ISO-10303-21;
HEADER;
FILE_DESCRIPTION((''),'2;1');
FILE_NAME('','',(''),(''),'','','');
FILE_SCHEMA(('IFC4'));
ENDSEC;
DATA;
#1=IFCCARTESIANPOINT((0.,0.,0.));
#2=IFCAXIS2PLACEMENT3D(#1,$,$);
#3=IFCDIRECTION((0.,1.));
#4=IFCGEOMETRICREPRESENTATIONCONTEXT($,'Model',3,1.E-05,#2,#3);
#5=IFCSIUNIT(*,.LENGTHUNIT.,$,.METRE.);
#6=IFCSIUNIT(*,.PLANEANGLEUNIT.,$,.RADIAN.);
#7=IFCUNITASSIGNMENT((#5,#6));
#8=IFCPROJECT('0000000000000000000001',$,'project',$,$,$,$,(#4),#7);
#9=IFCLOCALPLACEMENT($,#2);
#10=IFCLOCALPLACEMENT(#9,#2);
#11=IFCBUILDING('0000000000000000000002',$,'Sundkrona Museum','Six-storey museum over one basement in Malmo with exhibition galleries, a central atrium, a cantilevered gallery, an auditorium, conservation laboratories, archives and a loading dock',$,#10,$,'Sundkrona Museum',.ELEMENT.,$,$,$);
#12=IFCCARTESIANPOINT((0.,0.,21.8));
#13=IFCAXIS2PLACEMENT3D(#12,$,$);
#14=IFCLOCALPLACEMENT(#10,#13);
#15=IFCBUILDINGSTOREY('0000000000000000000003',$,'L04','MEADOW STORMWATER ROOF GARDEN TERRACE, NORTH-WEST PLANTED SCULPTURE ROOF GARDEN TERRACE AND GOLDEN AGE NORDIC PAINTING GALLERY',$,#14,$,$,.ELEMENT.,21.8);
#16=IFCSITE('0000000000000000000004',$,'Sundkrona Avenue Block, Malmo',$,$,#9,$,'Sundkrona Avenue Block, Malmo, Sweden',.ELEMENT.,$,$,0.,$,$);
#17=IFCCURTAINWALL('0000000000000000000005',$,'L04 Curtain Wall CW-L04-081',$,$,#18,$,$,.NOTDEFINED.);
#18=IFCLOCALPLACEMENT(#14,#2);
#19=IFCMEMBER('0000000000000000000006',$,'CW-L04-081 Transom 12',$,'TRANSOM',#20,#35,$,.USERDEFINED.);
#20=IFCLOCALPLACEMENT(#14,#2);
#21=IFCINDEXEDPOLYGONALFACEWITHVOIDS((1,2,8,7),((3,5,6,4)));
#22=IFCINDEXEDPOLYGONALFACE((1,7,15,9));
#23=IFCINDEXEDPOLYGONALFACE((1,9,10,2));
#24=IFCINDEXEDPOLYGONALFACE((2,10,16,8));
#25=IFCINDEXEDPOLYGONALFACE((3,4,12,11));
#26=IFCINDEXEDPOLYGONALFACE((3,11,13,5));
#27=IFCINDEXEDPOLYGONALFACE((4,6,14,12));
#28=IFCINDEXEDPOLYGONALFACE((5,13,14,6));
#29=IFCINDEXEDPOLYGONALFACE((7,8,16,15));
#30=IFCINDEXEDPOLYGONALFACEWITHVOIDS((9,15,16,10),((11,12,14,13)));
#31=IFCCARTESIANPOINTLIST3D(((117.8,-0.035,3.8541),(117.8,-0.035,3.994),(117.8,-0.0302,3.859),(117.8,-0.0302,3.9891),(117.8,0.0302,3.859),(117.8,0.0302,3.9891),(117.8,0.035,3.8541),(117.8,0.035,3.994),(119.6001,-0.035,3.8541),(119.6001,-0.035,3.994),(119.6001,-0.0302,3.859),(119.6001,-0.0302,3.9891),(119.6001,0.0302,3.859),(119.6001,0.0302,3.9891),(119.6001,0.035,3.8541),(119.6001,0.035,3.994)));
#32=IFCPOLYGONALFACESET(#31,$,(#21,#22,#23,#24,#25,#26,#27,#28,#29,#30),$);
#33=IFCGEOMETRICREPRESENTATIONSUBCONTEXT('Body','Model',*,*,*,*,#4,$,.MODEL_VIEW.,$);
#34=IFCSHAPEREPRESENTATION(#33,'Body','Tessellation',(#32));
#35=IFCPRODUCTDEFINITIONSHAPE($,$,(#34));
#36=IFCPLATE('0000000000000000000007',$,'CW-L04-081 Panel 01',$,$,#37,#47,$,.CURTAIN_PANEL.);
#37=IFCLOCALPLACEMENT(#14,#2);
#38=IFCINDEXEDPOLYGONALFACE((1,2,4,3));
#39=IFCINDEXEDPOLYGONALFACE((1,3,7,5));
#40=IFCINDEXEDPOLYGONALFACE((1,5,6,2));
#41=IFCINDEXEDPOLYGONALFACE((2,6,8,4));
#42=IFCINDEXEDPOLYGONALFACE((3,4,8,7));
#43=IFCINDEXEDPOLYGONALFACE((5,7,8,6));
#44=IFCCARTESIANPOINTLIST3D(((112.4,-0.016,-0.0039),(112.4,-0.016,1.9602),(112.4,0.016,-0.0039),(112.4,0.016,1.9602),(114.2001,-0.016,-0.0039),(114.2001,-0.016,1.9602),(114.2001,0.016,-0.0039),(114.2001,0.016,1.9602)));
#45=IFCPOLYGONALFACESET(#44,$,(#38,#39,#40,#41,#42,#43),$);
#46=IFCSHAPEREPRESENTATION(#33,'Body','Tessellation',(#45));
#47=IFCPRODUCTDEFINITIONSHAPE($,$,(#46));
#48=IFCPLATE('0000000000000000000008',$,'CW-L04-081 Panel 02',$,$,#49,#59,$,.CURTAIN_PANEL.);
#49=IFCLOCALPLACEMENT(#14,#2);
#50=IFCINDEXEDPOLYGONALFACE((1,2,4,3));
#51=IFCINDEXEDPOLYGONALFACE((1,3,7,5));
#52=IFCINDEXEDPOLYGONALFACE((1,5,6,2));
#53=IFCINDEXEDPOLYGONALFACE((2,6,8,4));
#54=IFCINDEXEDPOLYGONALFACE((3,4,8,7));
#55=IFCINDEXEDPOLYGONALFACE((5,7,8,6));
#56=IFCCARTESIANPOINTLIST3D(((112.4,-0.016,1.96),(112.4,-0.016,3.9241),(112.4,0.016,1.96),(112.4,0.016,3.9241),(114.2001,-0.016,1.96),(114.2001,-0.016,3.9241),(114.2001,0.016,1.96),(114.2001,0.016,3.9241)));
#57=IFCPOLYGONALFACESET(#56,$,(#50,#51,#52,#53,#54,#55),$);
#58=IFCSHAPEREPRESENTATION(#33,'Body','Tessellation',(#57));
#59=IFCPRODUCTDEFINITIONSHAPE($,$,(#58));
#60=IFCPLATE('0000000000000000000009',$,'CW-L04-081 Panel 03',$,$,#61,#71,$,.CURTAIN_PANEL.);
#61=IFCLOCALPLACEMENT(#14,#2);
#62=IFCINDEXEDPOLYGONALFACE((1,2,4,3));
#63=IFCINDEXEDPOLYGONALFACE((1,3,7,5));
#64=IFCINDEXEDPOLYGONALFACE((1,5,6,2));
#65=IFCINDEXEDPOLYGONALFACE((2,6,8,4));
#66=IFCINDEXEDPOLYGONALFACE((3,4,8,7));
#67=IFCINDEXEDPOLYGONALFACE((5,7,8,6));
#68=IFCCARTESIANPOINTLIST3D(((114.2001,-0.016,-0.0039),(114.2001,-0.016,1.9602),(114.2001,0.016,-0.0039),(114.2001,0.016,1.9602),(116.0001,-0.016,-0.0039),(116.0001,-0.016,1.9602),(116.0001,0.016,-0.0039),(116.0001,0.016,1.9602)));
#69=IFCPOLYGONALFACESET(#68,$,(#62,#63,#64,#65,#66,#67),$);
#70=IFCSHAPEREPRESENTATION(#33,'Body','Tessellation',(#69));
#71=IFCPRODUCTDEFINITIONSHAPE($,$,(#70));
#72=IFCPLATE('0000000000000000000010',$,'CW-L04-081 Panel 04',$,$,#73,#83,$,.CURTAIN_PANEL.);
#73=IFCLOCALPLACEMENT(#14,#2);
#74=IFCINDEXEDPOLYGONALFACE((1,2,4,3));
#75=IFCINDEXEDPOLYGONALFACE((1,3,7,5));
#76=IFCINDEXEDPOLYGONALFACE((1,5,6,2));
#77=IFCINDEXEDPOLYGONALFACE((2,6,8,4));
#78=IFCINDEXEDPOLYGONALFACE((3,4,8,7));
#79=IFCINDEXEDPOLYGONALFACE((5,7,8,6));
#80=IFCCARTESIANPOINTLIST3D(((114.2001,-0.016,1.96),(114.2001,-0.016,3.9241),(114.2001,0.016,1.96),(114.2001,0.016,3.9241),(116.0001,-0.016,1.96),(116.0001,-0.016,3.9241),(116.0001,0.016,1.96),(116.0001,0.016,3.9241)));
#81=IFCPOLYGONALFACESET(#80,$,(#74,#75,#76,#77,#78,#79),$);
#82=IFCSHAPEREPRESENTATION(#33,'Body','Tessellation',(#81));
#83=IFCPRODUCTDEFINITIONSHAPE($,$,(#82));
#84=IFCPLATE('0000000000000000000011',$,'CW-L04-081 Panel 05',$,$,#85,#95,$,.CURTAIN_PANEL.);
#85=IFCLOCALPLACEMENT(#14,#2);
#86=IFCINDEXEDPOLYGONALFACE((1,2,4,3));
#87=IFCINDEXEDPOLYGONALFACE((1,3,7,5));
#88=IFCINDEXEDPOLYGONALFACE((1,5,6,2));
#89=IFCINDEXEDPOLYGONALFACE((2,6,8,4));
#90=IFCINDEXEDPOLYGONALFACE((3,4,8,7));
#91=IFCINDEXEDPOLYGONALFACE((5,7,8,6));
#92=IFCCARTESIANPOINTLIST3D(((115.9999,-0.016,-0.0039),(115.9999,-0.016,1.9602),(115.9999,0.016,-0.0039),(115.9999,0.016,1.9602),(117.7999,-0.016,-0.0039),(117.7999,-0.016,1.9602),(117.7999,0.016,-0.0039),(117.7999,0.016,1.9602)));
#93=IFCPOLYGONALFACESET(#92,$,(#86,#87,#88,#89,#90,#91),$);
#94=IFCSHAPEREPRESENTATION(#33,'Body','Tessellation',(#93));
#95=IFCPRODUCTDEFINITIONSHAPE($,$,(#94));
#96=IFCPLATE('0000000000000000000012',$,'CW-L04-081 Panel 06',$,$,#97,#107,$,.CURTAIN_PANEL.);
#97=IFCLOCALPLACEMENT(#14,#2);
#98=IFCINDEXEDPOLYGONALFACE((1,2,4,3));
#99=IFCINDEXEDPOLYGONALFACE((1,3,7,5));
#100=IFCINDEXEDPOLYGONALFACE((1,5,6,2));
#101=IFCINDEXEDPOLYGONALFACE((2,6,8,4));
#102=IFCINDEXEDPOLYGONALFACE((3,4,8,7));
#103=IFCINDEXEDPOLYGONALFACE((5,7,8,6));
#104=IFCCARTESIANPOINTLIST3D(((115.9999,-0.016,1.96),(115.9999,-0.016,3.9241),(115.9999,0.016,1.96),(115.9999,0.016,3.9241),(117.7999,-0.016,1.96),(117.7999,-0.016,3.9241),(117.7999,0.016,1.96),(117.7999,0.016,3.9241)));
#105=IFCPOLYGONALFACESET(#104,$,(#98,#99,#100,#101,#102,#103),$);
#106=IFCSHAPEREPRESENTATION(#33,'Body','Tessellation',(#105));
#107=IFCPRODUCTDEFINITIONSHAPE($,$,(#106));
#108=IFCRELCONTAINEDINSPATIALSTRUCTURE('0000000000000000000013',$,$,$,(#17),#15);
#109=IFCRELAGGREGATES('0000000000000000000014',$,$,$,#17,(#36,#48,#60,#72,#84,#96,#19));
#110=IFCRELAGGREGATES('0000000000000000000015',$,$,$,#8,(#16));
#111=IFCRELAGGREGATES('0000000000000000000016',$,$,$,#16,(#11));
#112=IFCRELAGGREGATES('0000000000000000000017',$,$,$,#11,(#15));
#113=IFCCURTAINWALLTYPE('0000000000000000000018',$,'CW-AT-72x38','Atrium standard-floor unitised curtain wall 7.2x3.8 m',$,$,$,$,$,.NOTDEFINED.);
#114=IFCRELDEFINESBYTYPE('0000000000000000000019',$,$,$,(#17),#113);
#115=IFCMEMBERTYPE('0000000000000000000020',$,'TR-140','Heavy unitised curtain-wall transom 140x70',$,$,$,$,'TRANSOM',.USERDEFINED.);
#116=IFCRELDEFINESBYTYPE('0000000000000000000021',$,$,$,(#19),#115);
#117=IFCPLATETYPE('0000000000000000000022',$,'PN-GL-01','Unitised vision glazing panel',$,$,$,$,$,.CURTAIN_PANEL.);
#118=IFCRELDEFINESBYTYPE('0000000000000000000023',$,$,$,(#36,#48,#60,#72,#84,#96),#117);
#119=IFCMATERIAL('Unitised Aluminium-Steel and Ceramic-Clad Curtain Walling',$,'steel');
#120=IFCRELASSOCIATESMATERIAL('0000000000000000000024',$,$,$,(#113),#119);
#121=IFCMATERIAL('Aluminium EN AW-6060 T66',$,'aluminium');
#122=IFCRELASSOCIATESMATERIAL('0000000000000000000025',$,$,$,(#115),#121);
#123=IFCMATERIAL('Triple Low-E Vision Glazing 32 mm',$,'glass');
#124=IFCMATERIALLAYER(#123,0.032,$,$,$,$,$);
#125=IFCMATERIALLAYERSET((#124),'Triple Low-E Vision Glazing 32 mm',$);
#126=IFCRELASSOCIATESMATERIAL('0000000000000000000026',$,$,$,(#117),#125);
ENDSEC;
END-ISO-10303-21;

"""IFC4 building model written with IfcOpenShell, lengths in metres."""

from ifc_helpers import new_model, si_unit, direction, frame, origin, origin_2d, place, context, subcontext, project, spatial, rectangle, hollow_rectangle, extrude, material, layer, layer_set, material_profile, profile_set, type_object, element, aggregate, save


model = new_model("IFC4")

# Units and contexts
model_context = context("Model", 3, precision=1e-05, world=origin(), true_north=direction((0.0, 1.0)))
body_context = subcontext(model_context, "Body", "Model", "MODEL_VIEW")
ifc_project = project(units=[si_unit("LENGTHUNIT", "METRE"), si_unit("PLANEANGLEUNIT", "RADIAN")], contexts=[model_context])

# Site, building, storey
site_placement = place(None, origin())
site = spatial("IfcSite", under=ifc_project, at=site_placement, Name="Sundkrona Avenue Block, Malmo", LongName="Sundkrona Avenue Block, Malmo, Sweden", CompositionType="ELEMENT", RefElevation=0.0)
building_placement = place(site_placement, origin())
building = spatial("IfcBuilding", under=site, at=building_placement, Name="Sundkrona Museum", Description="Six-storey museum over one basement in Malmo with exhibition galleries, a central atrium, a cantilevered gallery, an auditorium, conservation laboratories, archives and a loading dock", LongName="Sundkrona Museum", CompositionType="ELEMENT")
storey_placement = place(building_placement, frame((0.0, 0.0, 21.8)))
storey = spatial("IfcBuildingStorey", under=building, at=storey_placement, Name="L04", Description="MEADOW STORMWATER ROOF GARDEN TERRACE, NORTH-WEST PLANTED SCULPTURE ROOF GARDEN TERRACE AND GOLDEN AGE NORDIC PAINTING GALLERY", CompositionType="ELEMENT", Elevation=21.8)

# Curtain wall, member, plates
ifc_material_1 = material(Name="Unitised Aluminium-Steel and Ceramic-Clad Curtain Walling", Category="steel")
curtain_wall_type = type_object("IfcCurtainWallType", Name="CW-AT-72x38", Description="Atrium standard-floor unitised curtain wall 7.2x3.8 m", PredefinedType="NOTDEFINED", material=ifc_material_1)
curtain_wall_placement = place(storey_placement, origin())
curtain_wall = element("IfcCurtainWall", 1, at=curtain_wall_placement, inside=storey, type_object=curtain_wall_type, Name="L04 Curtain Wall CW-L04-081", PredefinedType="NOTDEFINED")
ifc_material_2 = material(Name="Aluminium EN AW-6060 T66", Category="aluminium")
ifc_material_profile_1 = material_profile(ifc_material_2, hollow_rectangle(XDim=0.0701, YDim=0.1399, WallThickness=0.0049, at=origin_2d()), Name="RHS 140x70x5.0")
ifc_profile_set_1 = profile_set([ifc_material_profile_1], Name="Aluminium EN AW-6060 T66")
member_type_1 = type_object("IfcMemberType", Name="TR-140", Description="Heavy unitised curtain-wall transom 140x70", ElementType="TRANSOM", PredefinedType="USERDEFINED", material=ifc_profile_set_1)
member_1_placement = place(storey_placement, frame((117.8, 0.0, 3.9241), z_axis=(1.0, 0.0, 0.0), x_axis=(0.0, 1.0, 0.0)))
member_1 = element("IfcMember", 2, at=member_1_placement, type_object=member_type_1, Name="CW-L04-081 Transom 12", ObjectType="TRANSOM", PredefinedType="USERDEFINED", context=body_context, shape_type="SweptSolid", body=[
    extrude(hollow_rectangle(XDim=0.0701, YDim=0.1399, WallThickness=0.0049, at=origin_2d()), origin(), (0.0, 0.0, 1.0), 1.8),
])
ifc_material_3 = material(Name="Triple Low-E Vision Glazing 32 mm", Category="glass")
ifc_layer = layer(ifc_material_3, 0.032)
ifc_layer_set = layer_set([ifc_layer], Name="Triple Low-E Vision Glazing 32 mm")
plate_type = type_object("IfcPlateType", Name="PN-GL-01", Description="Unitised vision glazing panel", PredefinedType="CURTAIN_PANEL", material=ifc_layer_set)
plate_1_placement = place(storey_placement, frame((113.3, 0.0, -0.0039), z_axis=(0.0, 0.0, 1.0), x_axis=(1.0, 0.0, 0.0)))
plate_1 = element("IfcPlate", 3, at=plate_1_placement, type_object=plate_type, Name="CW-L04-081 Panel 01", PredefinedType="CURTAIN_PANEL", context=body_context, shape_type="SweptSolid", body=[
    extrude(rectangle(XDim=1.8, YDim=0.032, at=origin_2d()), origin(), (0.0, 0.0, 1.0), 1.9641),
])
plate_2_placement = place(storey_placement, frame((113.3, 0.0, 1.96), z_axis=(0.0, 0.0, 1.0), x_axis=(1.0, 0.0, 0.0)))
plate_2 = element("IfcPlate", 4, at=plate_2_placement, type_object=plate_type, Name="CW-L04-081 Panel 02", PredefinedType="CURTAIN_PANEL", context=body_context, shape_type="SweptSolid", body=[
    extrude(rectangle(XDim=1.8, YDim=0.032, at=origin_2d()), origin(), (0.0, 0.0, 1.0), 1.9641),
])
plate_3_placement = place(storey_placement, frame((115.1001, 0.0, -0.0039), z_axis=(0.0, 0.0, 1.0), x_axis=(1.0, 0.0, 0.0)))
plate_3 = element("IfcPlate", 5, at=plate_3_placement, type_object=plate_type, Name="CW-L04-081 Panel 03", PredefinedType="CURTAIN_PANEL", context=body_context, shape_type="SweptSolid", body=[
    extrude(rectangle(XDim=1.8, YDim=0.032, at=origin_2d()), origin(), (0.0, 0.0, 1.0), 1.9641),
])
plate_4_placement = place(storey_placement, frame((115.1001, 0.0, 1.96), z_axis=(0.0, 0.0, 1.0), x_axis=(1.0, 0.0, 0.0)))
plate_4 = element("IfcPlate", 6, at=plate_4_placement, type_object=plate_type, Name="CW-L04-081 Panel 04", PredefinedType="CURTAIN_PANEL", context=body_context, shape_type="SweptSolid", body=[
    extrude(rectangle(XDim=1.8, YDim=0.032, at=origin_2d()), origin(), (0.0, 0.0, 1.0), 1.9641),
])
plate_5_placement = place(storey_placement, frame((116.8999, 0.0, -0.0039), z_axis=(0.0, 0.0, 1.0), x_axis=(1.0, 0.0, 0.0)))
plate_5 = element("IfcPlate", 7, at=plate_5_placement, type_object=plate_type, Name="CW-L04-081 Panel 05", PredefinedType="CURTAIN_PANEL", context=body_context, shape_type="SweptSolid", body=[
    extrude(rectangle(XDim=1.8, YDim=0.032, at=origin_2d()), origin(), (0.0, 0.0, 1.0), 1.9641),
])
plate_6_placement = place(storey_placement, frame((116.8999, 0.0, 1.96), z_axis=(0.0, 0.0, 1.0), x_axis=(1.0, 0.0, 0.0)))
plate_6 = element("IfcPlate", 8, at=plate_6_placement, type_object=plate_type, Name="CW-L04-081 Panel 06", PredefinedType="CURTAIN_PANEL", context=body_context, shape_type="SweptSolid", body=[
    extrude(rectangle(XDim=1.8, YDim=0.032, at=origin_2d()), origin(), (0.0, 0.0, 1.0), 1.9641),
])
aggregate(curtain_wall, [plate_1, plate_2, plate_3, plate_4, plate_5, plate_6, member_1])

save(model, "model.ifc")
